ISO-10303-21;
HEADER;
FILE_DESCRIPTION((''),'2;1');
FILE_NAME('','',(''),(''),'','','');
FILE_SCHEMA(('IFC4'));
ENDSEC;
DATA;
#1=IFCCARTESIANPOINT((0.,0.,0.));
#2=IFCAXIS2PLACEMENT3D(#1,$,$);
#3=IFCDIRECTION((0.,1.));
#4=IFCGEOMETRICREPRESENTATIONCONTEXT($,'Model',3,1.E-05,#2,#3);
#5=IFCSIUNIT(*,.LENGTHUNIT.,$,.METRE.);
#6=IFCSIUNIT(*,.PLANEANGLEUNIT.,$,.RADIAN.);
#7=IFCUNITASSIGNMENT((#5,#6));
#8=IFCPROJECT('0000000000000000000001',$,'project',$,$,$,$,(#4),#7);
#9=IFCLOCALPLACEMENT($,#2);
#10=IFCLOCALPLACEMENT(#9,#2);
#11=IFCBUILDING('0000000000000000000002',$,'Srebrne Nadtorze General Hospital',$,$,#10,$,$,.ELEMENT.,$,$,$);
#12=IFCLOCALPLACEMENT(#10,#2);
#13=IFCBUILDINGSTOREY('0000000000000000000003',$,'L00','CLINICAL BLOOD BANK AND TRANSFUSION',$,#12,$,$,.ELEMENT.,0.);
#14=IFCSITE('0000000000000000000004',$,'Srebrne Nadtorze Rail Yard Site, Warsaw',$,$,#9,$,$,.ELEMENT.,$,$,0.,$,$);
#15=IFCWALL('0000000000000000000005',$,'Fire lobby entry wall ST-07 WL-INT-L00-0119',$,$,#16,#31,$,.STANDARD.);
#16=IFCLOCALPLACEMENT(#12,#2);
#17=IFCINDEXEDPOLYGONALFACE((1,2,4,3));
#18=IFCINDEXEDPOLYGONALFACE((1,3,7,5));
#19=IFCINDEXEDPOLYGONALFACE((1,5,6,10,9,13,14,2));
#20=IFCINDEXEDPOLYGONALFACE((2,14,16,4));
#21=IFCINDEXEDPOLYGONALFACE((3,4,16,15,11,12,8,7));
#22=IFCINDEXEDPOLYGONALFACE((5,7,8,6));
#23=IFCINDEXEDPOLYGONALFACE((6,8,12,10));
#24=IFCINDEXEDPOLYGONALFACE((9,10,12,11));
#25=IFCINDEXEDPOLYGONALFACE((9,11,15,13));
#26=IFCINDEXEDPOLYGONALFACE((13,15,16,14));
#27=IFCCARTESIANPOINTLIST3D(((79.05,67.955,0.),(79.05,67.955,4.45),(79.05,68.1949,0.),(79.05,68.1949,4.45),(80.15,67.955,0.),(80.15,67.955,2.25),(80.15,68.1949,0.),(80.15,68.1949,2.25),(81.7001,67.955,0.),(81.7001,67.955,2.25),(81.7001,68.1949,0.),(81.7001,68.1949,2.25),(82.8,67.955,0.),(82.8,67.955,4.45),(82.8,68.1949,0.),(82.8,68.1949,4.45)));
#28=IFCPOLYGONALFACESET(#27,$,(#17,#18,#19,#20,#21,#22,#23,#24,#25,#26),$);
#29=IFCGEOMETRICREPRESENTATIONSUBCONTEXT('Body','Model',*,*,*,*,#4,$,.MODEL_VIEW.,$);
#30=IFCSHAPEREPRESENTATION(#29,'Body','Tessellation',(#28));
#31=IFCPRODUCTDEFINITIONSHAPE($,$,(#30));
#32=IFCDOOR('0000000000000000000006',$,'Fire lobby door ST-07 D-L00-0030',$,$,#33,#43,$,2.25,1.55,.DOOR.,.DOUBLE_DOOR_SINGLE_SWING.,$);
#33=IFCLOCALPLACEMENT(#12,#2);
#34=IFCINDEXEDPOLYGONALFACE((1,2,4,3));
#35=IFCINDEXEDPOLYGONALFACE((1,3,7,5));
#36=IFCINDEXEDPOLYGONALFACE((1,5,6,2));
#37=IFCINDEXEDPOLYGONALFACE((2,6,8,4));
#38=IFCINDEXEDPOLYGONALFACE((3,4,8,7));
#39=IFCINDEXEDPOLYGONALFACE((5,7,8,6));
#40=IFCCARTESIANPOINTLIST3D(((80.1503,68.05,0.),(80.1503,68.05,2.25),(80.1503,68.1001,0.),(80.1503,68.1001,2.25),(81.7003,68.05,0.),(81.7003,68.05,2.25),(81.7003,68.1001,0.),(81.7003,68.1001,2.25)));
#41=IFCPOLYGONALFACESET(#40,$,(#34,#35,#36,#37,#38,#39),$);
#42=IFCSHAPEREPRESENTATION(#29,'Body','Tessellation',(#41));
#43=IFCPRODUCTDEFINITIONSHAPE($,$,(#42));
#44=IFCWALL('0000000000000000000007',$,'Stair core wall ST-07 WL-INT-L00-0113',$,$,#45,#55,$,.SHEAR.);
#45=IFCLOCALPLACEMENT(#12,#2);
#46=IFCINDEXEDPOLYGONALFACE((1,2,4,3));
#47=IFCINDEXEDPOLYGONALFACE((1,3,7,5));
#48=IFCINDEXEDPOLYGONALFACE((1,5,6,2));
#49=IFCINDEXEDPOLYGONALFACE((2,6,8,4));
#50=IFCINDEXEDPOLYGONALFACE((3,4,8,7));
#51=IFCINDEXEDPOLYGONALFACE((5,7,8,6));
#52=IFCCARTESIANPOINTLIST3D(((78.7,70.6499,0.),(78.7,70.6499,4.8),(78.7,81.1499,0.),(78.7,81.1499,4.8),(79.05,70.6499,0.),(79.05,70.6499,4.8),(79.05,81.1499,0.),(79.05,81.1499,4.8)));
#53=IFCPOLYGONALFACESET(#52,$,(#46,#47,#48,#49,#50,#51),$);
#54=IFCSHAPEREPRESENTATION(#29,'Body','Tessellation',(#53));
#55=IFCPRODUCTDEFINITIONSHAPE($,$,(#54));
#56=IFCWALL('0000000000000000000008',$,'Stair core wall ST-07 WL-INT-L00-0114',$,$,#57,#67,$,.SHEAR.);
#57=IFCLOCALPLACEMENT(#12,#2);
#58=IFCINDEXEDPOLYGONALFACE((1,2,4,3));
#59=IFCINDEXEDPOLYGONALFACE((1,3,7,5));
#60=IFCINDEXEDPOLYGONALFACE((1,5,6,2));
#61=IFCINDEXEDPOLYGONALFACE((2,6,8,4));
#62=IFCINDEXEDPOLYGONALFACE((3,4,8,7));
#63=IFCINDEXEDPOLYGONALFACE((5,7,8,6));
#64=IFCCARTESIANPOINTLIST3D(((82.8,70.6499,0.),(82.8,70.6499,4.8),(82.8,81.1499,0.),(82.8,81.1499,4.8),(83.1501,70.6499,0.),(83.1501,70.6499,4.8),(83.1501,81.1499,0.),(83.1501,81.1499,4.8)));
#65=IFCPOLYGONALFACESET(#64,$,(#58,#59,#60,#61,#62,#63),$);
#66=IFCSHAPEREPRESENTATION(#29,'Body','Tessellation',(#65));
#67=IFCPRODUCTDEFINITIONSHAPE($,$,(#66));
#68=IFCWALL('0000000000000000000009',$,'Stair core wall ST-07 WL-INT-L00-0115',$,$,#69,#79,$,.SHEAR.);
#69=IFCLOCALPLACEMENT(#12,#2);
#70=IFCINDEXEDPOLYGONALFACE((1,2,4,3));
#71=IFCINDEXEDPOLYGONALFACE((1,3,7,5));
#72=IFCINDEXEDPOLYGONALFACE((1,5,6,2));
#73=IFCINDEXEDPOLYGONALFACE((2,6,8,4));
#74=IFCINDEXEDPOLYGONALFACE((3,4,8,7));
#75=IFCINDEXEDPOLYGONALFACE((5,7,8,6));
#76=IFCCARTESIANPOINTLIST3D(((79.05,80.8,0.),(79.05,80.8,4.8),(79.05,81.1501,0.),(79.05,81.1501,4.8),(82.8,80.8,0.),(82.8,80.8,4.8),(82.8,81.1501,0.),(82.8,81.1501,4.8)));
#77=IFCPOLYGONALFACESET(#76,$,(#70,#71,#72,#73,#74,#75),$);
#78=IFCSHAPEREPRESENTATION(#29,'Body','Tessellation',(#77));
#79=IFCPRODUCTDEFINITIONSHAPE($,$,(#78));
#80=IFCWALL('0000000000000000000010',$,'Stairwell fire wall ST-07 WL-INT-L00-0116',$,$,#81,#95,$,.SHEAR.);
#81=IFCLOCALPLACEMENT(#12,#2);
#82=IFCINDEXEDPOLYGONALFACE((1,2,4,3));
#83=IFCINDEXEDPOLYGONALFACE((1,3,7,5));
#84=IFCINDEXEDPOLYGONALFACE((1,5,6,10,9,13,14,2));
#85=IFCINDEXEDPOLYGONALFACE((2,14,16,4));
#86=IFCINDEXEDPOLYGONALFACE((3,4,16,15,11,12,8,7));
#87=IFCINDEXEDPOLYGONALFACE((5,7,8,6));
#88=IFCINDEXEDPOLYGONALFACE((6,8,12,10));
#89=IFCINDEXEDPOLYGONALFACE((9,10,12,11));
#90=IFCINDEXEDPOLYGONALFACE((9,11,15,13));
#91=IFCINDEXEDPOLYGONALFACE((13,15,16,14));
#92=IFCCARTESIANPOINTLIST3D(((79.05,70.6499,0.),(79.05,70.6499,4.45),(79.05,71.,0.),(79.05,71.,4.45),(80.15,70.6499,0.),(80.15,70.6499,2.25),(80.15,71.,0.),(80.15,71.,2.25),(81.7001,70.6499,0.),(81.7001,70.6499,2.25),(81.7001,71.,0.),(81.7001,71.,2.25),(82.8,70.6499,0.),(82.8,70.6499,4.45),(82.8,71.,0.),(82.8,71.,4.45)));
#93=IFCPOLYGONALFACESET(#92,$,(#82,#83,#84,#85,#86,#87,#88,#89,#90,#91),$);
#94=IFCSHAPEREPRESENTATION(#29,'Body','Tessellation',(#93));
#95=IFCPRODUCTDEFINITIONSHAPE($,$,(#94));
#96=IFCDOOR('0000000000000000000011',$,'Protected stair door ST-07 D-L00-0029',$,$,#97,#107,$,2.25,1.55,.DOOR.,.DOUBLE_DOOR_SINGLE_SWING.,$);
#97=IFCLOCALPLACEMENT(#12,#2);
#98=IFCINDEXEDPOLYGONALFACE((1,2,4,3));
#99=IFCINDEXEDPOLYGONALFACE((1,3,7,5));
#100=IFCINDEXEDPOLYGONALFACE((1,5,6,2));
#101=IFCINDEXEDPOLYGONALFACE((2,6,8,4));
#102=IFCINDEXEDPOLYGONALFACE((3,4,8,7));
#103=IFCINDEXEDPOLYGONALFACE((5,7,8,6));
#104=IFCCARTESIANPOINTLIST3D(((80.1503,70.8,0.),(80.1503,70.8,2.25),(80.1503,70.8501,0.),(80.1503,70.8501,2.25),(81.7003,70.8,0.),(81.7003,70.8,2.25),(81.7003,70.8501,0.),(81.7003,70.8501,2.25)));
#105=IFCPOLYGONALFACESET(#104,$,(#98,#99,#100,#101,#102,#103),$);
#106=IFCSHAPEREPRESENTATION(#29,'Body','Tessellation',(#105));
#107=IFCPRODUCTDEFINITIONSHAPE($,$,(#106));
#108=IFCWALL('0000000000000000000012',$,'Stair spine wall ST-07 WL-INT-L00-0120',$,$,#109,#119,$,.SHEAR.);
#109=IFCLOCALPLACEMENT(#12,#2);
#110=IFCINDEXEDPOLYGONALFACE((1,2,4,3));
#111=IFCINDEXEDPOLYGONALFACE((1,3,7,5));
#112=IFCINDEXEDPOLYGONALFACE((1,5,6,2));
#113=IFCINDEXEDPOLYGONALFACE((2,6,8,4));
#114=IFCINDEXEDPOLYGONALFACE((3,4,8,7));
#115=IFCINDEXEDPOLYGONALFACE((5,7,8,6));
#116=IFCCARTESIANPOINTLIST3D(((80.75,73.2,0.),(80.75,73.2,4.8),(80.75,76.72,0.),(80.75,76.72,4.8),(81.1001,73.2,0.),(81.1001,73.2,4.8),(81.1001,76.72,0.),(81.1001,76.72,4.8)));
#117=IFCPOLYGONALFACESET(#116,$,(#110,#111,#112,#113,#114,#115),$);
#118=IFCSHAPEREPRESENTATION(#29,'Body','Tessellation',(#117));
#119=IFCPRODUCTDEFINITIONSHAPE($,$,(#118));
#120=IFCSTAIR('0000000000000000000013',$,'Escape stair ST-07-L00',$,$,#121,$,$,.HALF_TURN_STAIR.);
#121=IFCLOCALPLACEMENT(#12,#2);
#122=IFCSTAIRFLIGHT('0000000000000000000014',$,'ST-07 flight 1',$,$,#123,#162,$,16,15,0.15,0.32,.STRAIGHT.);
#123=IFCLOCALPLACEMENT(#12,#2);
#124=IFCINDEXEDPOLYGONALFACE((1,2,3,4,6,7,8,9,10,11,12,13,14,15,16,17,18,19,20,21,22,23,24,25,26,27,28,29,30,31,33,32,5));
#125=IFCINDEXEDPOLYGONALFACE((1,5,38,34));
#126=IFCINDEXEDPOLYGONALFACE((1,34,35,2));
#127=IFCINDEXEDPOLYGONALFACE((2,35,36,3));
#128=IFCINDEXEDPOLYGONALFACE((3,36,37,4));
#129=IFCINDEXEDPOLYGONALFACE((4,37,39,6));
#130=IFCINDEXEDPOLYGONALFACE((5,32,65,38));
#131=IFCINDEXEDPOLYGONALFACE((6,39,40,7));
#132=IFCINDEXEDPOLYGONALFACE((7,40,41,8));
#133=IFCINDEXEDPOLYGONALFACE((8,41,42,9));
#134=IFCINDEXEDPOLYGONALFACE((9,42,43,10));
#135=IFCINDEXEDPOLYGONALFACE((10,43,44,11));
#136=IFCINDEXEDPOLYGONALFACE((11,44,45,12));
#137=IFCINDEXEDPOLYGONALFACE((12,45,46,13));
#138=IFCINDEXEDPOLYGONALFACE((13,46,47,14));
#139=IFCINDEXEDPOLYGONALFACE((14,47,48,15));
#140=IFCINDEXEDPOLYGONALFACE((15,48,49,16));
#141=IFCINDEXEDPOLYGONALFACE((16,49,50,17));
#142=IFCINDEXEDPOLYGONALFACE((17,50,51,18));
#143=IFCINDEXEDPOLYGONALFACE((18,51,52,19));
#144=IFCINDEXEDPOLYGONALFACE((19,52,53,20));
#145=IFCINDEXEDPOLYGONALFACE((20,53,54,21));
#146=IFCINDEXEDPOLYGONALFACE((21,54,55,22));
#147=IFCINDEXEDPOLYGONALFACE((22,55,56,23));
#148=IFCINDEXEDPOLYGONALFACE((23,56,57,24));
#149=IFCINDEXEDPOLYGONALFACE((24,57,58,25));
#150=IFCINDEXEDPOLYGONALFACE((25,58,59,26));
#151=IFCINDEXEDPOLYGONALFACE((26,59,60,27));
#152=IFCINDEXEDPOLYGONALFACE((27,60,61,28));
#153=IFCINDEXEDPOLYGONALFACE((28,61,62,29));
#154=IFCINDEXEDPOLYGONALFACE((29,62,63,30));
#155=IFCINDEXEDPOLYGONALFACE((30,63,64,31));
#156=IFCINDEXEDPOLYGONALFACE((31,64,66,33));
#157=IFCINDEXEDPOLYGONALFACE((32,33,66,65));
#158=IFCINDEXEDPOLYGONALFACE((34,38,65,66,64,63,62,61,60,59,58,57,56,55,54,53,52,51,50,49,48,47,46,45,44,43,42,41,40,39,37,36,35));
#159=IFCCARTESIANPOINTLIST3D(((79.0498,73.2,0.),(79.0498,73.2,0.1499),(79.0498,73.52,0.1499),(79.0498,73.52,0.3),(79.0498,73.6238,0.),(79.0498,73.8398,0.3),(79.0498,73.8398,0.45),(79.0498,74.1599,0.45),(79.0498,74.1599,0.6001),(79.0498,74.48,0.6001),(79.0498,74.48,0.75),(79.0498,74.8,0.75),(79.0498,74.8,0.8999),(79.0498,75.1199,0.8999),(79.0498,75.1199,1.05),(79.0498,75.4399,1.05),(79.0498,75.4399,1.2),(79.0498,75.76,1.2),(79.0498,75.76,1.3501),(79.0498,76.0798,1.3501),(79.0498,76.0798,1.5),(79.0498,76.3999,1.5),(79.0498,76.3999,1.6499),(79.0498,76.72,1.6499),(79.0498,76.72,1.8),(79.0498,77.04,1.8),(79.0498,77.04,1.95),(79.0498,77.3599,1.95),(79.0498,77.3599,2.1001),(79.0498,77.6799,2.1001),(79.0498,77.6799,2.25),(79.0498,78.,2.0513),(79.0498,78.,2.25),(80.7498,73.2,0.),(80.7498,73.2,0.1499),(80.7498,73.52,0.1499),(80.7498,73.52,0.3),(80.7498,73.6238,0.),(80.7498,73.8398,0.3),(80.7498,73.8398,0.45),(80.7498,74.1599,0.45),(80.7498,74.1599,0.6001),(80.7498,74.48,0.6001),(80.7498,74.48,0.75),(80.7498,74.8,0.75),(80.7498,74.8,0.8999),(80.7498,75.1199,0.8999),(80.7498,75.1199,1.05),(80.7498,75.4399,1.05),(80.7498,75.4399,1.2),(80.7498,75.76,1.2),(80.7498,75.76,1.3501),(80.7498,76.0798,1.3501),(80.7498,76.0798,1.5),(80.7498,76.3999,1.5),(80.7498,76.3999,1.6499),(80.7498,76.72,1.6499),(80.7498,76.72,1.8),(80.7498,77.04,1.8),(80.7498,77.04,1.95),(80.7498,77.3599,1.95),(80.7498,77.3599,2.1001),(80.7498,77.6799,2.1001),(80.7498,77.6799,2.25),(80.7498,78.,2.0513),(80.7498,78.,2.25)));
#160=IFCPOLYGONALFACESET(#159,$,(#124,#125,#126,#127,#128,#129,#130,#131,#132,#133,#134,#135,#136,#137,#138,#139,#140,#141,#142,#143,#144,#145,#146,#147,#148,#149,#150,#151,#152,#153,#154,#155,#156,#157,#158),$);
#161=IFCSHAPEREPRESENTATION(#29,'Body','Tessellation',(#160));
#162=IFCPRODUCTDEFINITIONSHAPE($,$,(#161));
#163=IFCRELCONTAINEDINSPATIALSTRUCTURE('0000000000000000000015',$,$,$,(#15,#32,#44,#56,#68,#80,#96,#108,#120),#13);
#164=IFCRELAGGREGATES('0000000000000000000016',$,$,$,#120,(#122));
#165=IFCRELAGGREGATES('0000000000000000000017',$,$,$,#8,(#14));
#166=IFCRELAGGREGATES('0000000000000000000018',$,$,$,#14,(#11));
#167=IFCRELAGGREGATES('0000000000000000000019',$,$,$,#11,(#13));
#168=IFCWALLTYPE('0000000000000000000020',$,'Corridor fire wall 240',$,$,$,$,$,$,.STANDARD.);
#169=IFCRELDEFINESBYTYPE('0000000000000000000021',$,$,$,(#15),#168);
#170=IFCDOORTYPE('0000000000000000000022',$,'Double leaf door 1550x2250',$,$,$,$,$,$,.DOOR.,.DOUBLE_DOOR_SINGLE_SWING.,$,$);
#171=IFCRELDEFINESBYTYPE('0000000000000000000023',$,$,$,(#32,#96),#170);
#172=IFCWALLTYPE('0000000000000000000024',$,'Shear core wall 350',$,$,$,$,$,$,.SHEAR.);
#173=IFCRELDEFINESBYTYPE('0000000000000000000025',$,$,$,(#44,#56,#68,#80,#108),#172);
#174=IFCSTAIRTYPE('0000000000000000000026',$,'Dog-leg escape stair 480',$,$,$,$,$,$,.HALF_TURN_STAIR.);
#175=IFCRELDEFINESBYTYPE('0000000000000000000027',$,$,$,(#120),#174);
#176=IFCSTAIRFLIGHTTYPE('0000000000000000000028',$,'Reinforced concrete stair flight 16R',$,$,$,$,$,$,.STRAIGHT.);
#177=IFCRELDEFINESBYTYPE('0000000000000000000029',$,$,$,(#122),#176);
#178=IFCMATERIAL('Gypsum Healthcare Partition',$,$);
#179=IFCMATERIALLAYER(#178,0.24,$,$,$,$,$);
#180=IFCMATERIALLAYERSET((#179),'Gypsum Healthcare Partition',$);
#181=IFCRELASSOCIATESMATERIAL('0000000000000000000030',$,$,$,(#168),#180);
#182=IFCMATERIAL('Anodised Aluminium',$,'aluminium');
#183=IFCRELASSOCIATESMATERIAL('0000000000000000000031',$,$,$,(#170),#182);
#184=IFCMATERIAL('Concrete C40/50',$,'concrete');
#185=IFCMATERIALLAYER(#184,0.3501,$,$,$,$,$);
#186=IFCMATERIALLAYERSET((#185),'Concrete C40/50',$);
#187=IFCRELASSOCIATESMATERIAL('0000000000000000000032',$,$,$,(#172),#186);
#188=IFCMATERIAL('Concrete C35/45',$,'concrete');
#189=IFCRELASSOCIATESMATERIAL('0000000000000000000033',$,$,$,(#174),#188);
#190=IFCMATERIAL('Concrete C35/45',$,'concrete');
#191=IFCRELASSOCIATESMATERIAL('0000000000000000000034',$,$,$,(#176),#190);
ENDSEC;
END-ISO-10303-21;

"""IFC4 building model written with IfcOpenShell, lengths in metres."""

from ifc_helpers import new_model, si_unit, direction, frame, frame_2d, origin, place, context, subcontext, project, spatial, polyline, rectangle, outline, extrude, material, layer, layer_set, type_object, element, fill, aggregate, save


model = new_model("IFC4")

# Units and contexts
model_context = context("Model", 3, precision=1e-05, world=origin(), true_north=direction((0.0, 1.0)))
body_context = subcontext(model_context, "Body", "Model", "MODEL_VIEW")
ifc_project = project(units=[si_unit("LENGTHUNIT", "METRE"), si_unit("PLANEANGLEUNIT", "RADIAN")], contexts=[model_context])

# Site, building, storey
site_placement = place(None, origin())
site = spatial("IfcSite", under=ifc_project, at=site_placement, Name="Srebrne Nadtorze Rail Yard Site, Warsaw", CompositionType="ELEMENT", RefElevation=0.0)
building_placement = place(site_placement, origin())
building = spatial("IfcBuilding", under=site, at=building_placement, Name="Srebrne Nadtorze General Hospital", CompositionType="ELEMENT")
storey_placement = place(building_placement, origin())
storey = spatial("IfcBuildingStorey", under=building, at=storey_placement, Name="L00", Description="CLINICAL BLOOD BANK AND TRANSFUSION", CompositionType="ELEMENT", Elevation=0.0)

# Shared definitions
ifc_material_1 = material(Name="Gypsum Healthcare Partition")
ifc_layer_1 = layer(ifc_material_1, 0.24)
ifc_layer_set_1 = layer_set([ifc_layer_1], Name="Gypsum Healthcare Partition")
wall_type_1 = type_object("IfcWallType", Name="Corridor fire wall 240", PredefinedType="STANDARD", material=ifc_layer_set_1)

# Wall, opening, door
wall_1_placement = place(storey_placement, frame((79.05, 68.075, 0.0), z_axis=(0.0, 0.0, 1.0), x_axis=(1.0, 0.0, 0.0)))
wall_1 = element("IfcWall", 1, at=wall_1_placement, inside=storey, type_object=wall_type_1, Name="Fire lobby entry wall ST-07 WL-INT-L00-0119", PredefinedType="STANDARD", context=body_context, shape_type="SweptSolid", body=[
    extrude(rectangle(XDim=3.75, YDim=0.24, at=frame_2d((1.875, 0.0))), origin(), (0.0, 0.0, 1.0), 4.45),
])
opening_1_placement = place(wall_1_placement, frame((1.1001, 0.0, 0.0)))
opening_1 = element("IfcOpeningElement", 2, at=opening_1_placement, cuts=wall_1, PredefinedType="OPENING", context=body_context, shape_type="SweptSolid", body=[
    extrude(rectangle(XDim=1.55, YDim=2.25, at=frame_2d((0.7749, 1.125))), frame((0.0, 0.1318, 0.0), z_axis=(0.0, -1.0, 0.0), x_axis=(1.0, 0.0, 0.0)), (0.0, 0.0, 1.0), 0.2639),
])
ifc_material_2 = material(Name="Anodised Aluminium", Category="aluminium")
door_type_1 = type_object("IfcDoorType", Name="Double leaf door 1550x2250", OperationType="DOUBLE_DOOR_SINGLE_SWING", PredefinedType="DOOR", material=ifc_material_2)
door_1_placement = place(opening_1_placement, frame((1.55, 0.0, 0.0), z_axis=(0.0, 0.0, 1.0), x_axis=(-1.0, 0.0, 0.0)))
door_1 = element("IfcDoor", 3, at=door_1_placement, inside=storey, type_object=door_type_1, Name="Fire lobby door ST-07 D-L00-0030", OperationType="DOUBLE_DOOR_SINGLE_SWING", OverallHeight=2.25, OverallWidth=1.55, PredefinedType="DOOR", context=body_context, shape_type="SweptSolid", body=[
    extrude(rectangle(XDim=1.55, YDim=2.25, at=frame_2d((0.7749, 1.125))), frame((0.0, 0.0249, 0.0), z_axis=(0.0, -1.0, 0.0), x_axis=(1.0, 0.0, 0.0)), (0.0, 0.0, 1.0), 0.05),
])
fill(opening_1, door_1)

# Walls
ifc_material_3 = material(Name="Concrete C40/50", Category="concrete")
ifc_layer_2 = layer(ifc_material_3, 0.3501)
ifc_layer_set_2 = layer_set([ifc_layer_2], Name="Concrete C40/50")
wall_type_2 = type_object("IfcWallType", Name="Shear core wall 350", PredefinedType="SHEAR", material=ifc_layer_set_2)
for number, where, z_axis, x_axis, name in (
    (4, (78.875, 70.6499, 0.0), (0.0, 0.0, 1.0), (0.0, 1.0, 0.0), "Stair core wall ST-07 WL-INT-L00-0113"),
    (5, (82.9751, 70.6499, 0.0), (0.0, 0.0, 1.0), (0.0, 1.0, 0.0), "Stair core wall ST-07 WL-INT-L00-0114"),
):
    element("IfcWall", number, at=place(storey_placement, frame(where, z_axis=z_axis, x_axis=x_axis)), inside=storey, type_object=wall_type_2, Name=name, PredefinedType="SHEAR", context=body_context, shape_type="SweptSolid", body=[
        extrude(rectangle(XDim=10.5, YDim=0.3501, at=frame_2d((5.25, 0.0))), origin(), (0.0, 0.0, 1.0), 4.8),
    ])
wall_2_placement = place(storey_placement, frame((79.05, 80.9751, 0.0), z_axis=(0.0, 0.0, 1.0), x_axis=(1.0, 0.0, 0.0)))
element("IfcWall", 6, at=wall_2_placement, inside=storey, type_object=wall_type_2, Name="Stair core wall ST-07 WL-INT-L00-0115", PredefinedType="SHEAR", context=body_context, shape_type="SweptSolid", body=[
    extrude(rectangle(XDim=3.75, YDim=0.3501, at=frame_2d((1.875, 0.0))), origin(), (0.0, 0.0, 1.0), 4.8),
])

# Wall, opening, door
wall_3_placement = place(storey_placement, frame((79.05, 70.825, 0.0), z_axis=(0.0, 0.0, 1.0), x_axis=(1.0, 0.0, 0.0)))
wall_3 = element("IfcWall", 7, at=wall_3_placement, inside=storey, type_object=wall_type_2, Name="Stairwell fire wall ST-07 WL-INT-L00-0116", PredefinedType="SHEAR", context=body_context, shape_type="SweptSolid", body=[
    extrude(rectangle(XDim=3.75, YDim=0.3501, at=frame_2d((1.875, 0.0))), origin(), (0.0, 0.0, 1.0), 4.45),
])
opening_2_placement = place(wall_3_placement, frame((1.1001, 0.0, 0.0)))
opening_2 = element("IfcOpeningElement", 8, at=opening_2_placement, cuts=wall_3, PredefinedType="OPENING", context=body_context, shape_type="SweptSolid", body=[
    extrude(rectangle(XDim=1.55, YDim=2.25, at=frame_2d((0.7749, 1.125))), frame((0.0, 0.187, 0.0), z_axis=(0.0, -1.0, 0.0), x_axis=(1.0, 0.0, 0.0)), (0.0, 0.0, 1.0), 0.374),
])
door_2_placement = place(opening_2_placement, frame((1.55, 0.0, 0.0), z_axis=(0.0, 0.0, 1.0), x_axis=(-1.0, 0.0, 0.0)))
door_2 = element("IfcDoor", 9, at=door_2_placement, inside=storey, type_object=door_type_1, Name="Protected stair door ST-07 D-L00-0029", OperationType="DOUBLE_DOOR_SINGLE_SWING", OverallHeight=2.25, OverallWidth=1.55, PredefinedType="DOOR", context=body_context, shape_type="SweptSolid", body=[
    extrude(rectangle(XDim=1.55, YDim=2.25, at=frame_2d((0.7749, 1.125))), frame((0.0, 0.0249, 0.0), z_axis=(0.0, -1.0, 0.0), x_axis=(1.0, 0.0, 0.0)), (0.0, 0.0, 1.0), 0.05),
])
fill(opening_2, door_2)

# Wall
wall_4_placement = place(storey_placement, frame((80.925, 73.2, 0.0), z_axis=(0.0, 0.0, 1.0), x_axis=(0.0, 1.0, 0.0)))
element("IfcWall", 10, at=wall_4_placement, inside=storey, type_object=wall_type_2, Name="Stair spine wall ST-07 WL-INT-L00-0120", PredefinedType="SHEAR", context=body_context, shape_type="SweptSolid", body=[
    extrude(rectangle(XDim=3.52, YDim=0.3501, at=frame_2d((1.76, 0.0))), origin(), (0.0, 0.0, 1.0), 4.8),
])

# Stair, stair flight
ifc_material_4 = material(Name="Concrete C35/45", Category="concrete")
stair_type = type_object("IfcStairType", Name="Dog-leg escape stair 480", PredefinedType="HALF_TURN_STAIR", material=ifc_material_4)
stair_placement = place(storey_placement, origin())
stair = element("IfcStair", 11, at=stair_placement, inside=storey, type_object=stair_type, Name="Escape stair ST-07-L00", PredefinedType="HALF_TURN_STAIR")
ifc_material_5 = material(Name="Concrete C35/45", Category="concrete")
stair_flight_type = type_object("IfcStairFlightType", Name="Reinforced concrete stair flight 16R", PredefinedType="STRAIGHT", material=ifc_material_5)
stair_flight_1_placement = place(storey_placement, frame((79.8999, 73.2, 0.0), z_axis=(0.0, 0.0, 1.0), x_axis=(0.0, 1.0, 0.0)))
stair_flight_1 = element("IfcStairFlight", 12, at=stair_flight_1_placement, type_object=stair_flight_type, Name="ST-07 flight 1", NumberOfRisers=16, NumberOfTreads=15, PredefinedType="STRAIGHT", RiserHeight=0.15, TreadLength=0.32, context=body_context, shape_type="SweptSolid", body=[
    extrude(outline(polyline([(0.0, 0.0), (0.0, 0.1499), (0.3201, 0.1499), (0.3201, 0.3), (0.6399, 0.3), (0.6399, 0.45), (0.96, 0.45), (0.96, 0.6001), (1.28, 0.6001), (1.28, 0.75), (1.6001, 0.75), (1.6001, 0.8999), (1.9199, 0.8999), (1.9199, 1.05), (2.24, 1.05), (2.24, 1.2), (2.5601, 1.2), (2.5601, 1.3501), (2.8799, 1.3501), (2.8799, 1.5), (3.2, 1.5), (3.2, 1.6499), (3.52, 1.6499), (3.52, 1.8), (3.8401, 1.8), (3.8401, 1.95), (4.1599, 1.95), (4.1599, 2.1001), (4.48, 2.1001), (4.48, 2.25), (4.8, 2.25), (4.8, 2.3999), (4.8, 2.0513), (0.4238, 0.0), (0.0, 0.0)])), frame((0.0, 0.8501, 0.0), z_axis=(0.0, -1.0, 0.0), x_axis=(1.0, 0.0, 0.0)), (0.0, 0.0, 1.0), 1.7),
])
aggregate(stair, [stair_flight_1])

save(model, "model.ifc")
